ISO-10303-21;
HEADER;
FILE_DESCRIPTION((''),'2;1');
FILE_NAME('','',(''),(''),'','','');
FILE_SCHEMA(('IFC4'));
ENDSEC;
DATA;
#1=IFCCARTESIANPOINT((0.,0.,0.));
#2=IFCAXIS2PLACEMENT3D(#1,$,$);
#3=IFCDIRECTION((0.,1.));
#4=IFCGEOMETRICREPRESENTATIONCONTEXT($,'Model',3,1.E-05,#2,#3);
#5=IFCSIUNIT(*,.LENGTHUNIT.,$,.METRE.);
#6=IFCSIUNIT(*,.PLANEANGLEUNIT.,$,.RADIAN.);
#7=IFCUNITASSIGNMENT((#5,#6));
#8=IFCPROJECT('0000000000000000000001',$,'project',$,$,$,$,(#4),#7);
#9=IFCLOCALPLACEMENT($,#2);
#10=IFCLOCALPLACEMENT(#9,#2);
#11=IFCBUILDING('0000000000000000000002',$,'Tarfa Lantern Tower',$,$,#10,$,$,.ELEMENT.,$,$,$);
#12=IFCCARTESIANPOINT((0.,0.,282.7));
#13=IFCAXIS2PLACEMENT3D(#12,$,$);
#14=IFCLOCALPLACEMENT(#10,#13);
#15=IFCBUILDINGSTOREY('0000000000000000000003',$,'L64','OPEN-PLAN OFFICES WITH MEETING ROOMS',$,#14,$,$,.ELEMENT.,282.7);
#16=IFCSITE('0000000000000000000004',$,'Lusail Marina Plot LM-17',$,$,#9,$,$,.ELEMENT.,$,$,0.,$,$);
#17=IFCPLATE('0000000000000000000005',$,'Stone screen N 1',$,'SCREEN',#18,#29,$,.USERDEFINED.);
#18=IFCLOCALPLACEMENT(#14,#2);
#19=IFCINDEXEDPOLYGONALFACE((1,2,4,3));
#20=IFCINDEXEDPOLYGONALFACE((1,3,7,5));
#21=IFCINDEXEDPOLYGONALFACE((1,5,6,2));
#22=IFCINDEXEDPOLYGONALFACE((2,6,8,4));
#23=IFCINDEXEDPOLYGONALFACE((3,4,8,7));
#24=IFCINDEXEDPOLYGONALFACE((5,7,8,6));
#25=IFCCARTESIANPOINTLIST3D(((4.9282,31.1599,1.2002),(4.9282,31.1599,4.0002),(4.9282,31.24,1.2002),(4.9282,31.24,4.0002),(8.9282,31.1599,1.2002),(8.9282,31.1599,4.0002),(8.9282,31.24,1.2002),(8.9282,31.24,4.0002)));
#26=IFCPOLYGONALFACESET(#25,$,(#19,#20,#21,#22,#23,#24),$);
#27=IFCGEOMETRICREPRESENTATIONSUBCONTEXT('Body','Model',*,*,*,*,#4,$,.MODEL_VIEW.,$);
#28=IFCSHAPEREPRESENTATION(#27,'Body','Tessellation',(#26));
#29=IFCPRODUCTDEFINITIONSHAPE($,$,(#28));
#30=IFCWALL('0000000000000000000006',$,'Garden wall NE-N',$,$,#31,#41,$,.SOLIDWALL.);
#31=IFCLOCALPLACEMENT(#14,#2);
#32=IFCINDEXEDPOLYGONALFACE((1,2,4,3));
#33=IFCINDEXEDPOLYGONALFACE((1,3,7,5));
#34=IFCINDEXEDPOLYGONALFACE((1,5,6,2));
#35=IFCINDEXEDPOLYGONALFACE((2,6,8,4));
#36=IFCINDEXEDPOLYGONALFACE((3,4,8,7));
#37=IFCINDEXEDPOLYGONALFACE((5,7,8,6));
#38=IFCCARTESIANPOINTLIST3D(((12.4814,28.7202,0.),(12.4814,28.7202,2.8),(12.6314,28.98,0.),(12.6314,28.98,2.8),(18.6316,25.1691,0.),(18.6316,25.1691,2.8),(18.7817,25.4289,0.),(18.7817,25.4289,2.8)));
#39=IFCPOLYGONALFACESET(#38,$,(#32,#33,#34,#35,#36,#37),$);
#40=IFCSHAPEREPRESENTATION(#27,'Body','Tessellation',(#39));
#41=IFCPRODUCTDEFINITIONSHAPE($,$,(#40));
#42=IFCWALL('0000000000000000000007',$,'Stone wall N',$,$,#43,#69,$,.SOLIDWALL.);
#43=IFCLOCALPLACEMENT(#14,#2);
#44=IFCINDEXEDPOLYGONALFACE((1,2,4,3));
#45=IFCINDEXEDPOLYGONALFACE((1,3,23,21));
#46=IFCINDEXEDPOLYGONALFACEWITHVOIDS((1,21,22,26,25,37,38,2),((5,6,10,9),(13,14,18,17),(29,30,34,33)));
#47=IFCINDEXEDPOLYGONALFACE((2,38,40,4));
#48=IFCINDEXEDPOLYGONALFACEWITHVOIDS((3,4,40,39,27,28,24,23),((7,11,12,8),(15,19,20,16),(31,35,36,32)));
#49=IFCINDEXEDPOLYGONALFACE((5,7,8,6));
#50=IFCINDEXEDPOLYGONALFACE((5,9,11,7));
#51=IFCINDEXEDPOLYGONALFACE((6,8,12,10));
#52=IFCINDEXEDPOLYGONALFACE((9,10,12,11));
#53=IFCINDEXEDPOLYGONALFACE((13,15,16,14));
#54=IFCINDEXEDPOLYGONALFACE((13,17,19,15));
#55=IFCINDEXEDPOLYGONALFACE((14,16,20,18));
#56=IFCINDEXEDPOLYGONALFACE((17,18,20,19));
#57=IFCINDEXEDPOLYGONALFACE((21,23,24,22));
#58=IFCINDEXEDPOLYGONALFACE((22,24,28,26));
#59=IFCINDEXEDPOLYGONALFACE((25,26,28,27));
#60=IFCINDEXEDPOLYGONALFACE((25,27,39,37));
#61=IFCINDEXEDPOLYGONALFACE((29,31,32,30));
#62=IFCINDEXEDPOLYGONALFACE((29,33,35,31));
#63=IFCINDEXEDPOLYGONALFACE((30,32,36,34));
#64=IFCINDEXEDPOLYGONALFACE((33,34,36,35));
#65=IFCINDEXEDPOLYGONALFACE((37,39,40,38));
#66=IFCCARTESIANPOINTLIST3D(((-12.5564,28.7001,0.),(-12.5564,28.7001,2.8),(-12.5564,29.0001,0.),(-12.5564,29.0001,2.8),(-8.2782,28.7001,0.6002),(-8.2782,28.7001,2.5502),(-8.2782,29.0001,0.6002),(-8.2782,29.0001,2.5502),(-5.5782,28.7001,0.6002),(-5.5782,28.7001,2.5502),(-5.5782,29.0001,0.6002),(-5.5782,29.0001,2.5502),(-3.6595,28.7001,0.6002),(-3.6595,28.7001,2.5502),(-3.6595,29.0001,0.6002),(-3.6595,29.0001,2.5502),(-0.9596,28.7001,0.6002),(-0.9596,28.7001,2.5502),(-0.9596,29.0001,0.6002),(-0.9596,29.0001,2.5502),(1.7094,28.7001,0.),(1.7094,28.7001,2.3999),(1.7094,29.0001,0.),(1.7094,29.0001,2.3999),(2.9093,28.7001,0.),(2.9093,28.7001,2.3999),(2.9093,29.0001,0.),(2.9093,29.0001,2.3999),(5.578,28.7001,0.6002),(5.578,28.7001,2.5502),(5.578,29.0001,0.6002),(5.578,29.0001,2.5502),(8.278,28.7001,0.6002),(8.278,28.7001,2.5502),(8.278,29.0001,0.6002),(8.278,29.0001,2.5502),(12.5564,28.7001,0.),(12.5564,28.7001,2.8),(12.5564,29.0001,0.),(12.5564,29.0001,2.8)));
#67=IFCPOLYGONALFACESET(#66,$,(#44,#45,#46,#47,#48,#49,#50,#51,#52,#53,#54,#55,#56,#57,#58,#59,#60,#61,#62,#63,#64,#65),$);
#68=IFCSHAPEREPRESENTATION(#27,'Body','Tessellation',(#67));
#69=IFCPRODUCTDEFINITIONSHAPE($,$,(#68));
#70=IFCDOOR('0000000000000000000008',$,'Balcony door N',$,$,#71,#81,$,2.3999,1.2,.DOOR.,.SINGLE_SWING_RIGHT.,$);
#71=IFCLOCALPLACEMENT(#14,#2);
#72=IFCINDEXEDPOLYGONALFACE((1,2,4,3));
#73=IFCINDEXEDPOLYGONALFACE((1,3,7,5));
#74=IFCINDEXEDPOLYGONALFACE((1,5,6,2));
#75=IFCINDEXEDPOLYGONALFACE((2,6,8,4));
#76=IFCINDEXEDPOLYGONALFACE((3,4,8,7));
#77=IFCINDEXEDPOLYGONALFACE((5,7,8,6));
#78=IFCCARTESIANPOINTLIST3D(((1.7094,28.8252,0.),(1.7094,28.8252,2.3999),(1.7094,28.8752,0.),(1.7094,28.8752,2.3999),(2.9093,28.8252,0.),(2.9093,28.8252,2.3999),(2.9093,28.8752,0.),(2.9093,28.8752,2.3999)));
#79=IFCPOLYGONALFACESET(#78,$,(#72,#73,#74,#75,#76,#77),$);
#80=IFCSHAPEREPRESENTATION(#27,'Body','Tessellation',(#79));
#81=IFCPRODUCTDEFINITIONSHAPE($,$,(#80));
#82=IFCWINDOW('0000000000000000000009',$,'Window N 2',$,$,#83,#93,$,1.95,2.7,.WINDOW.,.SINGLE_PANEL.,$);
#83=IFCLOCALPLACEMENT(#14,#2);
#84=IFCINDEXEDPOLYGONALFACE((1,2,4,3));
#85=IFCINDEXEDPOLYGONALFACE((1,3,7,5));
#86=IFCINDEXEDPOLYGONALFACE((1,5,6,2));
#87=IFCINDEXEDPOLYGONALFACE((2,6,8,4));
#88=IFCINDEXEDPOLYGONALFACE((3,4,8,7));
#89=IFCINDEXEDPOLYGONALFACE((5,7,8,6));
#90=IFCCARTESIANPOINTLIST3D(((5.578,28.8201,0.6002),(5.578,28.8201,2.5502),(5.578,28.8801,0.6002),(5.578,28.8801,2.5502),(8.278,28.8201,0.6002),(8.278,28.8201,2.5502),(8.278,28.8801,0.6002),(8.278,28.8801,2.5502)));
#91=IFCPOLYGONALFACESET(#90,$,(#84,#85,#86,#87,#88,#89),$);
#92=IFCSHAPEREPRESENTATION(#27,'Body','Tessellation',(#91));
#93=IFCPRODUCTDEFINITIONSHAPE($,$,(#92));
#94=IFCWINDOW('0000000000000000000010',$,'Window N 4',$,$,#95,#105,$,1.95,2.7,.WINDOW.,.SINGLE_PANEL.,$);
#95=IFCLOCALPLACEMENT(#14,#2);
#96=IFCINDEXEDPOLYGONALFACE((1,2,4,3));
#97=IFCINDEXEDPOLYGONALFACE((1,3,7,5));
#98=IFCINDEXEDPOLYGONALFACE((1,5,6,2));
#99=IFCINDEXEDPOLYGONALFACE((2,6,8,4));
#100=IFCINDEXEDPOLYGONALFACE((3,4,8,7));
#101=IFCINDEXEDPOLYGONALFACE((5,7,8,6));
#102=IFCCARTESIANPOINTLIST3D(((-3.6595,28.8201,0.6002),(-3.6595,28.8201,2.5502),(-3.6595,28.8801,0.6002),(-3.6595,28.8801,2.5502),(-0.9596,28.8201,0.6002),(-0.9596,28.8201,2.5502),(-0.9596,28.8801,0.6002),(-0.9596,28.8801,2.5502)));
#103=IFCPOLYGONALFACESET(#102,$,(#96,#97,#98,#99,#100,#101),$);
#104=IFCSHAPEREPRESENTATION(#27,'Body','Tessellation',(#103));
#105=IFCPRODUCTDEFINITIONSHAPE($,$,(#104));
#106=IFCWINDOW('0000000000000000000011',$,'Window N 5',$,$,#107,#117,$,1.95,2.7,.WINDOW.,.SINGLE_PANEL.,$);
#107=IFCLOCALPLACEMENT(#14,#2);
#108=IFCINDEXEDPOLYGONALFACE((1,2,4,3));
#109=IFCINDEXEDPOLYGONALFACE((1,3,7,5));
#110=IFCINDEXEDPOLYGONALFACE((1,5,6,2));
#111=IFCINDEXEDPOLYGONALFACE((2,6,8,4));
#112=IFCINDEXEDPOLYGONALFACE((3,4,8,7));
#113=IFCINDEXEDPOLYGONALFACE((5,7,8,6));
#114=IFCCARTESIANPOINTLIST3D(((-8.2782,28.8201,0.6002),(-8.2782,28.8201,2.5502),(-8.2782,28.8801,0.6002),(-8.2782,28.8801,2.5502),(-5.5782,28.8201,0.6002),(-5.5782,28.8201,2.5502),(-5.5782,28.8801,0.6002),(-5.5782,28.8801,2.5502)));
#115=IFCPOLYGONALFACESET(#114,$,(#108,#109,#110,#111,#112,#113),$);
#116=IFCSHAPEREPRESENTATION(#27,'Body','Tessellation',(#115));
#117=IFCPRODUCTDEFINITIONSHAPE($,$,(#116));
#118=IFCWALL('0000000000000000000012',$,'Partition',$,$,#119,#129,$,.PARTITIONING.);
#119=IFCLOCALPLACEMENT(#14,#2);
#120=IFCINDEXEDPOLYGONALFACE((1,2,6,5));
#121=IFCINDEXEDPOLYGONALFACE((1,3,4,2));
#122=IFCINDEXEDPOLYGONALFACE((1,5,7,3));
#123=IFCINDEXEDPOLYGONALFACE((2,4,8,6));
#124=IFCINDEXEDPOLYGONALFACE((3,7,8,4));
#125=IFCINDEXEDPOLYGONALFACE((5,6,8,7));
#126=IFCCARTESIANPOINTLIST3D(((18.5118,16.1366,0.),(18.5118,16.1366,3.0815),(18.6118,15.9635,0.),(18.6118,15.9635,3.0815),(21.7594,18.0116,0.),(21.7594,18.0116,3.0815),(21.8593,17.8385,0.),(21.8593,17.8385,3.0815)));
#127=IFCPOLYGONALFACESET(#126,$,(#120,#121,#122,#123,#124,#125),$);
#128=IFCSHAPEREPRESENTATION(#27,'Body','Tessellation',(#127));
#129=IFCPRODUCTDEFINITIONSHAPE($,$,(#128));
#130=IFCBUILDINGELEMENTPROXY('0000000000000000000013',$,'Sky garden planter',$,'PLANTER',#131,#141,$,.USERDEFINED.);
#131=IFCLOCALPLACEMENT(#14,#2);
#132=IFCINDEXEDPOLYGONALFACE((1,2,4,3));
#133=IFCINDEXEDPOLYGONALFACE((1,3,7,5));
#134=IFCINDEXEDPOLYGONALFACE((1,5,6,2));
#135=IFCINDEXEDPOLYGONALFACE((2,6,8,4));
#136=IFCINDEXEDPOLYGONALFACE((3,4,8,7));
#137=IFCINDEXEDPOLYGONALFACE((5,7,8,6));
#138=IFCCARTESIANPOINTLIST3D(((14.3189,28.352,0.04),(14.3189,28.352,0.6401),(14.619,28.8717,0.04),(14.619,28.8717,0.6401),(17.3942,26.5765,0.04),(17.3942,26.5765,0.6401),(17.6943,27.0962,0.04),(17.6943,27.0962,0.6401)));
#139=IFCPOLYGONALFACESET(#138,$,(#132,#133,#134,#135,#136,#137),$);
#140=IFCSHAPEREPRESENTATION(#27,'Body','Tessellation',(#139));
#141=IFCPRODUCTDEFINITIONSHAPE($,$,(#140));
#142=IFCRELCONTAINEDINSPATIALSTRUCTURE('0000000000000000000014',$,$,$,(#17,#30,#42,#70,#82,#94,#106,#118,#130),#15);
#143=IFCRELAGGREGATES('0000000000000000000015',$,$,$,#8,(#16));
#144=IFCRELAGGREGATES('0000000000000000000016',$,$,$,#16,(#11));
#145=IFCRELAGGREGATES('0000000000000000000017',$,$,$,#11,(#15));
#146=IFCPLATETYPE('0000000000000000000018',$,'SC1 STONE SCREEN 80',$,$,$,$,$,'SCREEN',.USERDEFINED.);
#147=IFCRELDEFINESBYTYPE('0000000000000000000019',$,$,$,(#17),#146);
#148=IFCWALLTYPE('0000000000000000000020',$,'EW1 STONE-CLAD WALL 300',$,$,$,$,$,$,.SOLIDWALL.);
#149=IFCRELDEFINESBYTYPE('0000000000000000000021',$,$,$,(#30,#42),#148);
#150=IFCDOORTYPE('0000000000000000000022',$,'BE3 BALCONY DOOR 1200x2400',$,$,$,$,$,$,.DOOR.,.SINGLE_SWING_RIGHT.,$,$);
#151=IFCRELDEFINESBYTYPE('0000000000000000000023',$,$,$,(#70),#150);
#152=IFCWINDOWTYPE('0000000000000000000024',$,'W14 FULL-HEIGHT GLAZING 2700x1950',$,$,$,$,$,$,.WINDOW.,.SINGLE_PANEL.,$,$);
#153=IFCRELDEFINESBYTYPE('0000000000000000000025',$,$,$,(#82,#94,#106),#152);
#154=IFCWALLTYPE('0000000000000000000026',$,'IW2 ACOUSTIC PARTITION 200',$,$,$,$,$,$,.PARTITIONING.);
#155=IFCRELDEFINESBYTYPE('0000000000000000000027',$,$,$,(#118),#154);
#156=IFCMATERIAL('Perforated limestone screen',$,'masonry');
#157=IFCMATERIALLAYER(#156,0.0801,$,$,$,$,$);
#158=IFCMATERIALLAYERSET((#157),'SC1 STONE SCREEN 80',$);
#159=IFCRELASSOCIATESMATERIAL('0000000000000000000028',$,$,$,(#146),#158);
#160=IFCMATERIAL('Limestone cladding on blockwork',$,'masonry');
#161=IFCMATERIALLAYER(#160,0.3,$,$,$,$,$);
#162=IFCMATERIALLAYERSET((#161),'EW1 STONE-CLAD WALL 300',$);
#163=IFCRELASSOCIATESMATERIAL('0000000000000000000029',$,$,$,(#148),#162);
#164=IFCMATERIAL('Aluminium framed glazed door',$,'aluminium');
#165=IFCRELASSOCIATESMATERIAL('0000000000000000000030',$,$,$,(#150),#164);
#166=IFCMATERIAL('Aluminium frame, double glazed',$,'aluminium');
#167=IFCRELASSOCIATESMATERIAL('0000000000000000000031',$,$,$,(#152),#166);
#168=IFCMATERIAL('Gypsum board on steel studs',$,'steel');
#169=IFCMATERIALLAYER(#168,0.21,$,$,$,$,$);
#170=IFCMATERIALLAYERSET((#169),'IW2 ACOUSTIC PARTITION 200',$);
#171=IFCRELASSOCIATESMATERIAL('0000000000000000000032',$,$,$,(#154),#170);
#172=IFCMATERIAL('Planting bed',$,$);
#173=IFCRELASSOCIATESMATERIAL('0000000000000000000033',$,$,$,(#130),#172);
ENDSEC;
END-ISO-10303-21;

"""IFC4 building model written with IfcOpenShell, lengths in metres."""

from ifc_helpers import new_model, si_unit, direction, frame, frame_2d, origin, origin_2d, place, context, subcontext, project, spatial, rectangle, extrude, material, layer, layer_set, type_object, element, fill, save


model = new_model("IFC4")

# Units and contexts
model_context = context("Model", 3, precision=1e-05, world=origin(), true_north=direction((0.0, 1.0)))
body_context = subcontext(model_context, "Body", "Model", "MODEL_VIEW")
ifc_project = project(units=[si_unit("LENGTHUNIT", "METRE"), si_unit("PLANEANGLEUNIT", "RADIAN")], contexts=[model_context])

# Site, building, storey
site_placement = place(None, origin())
site = spatial("IfcSite", under=ifc_project, at=site_placement, Name="Lusail Marina Plot LM-17", CompositionType="ELEMENT", RefElevation=0.0)
building_placement = place(site_placement, origin())
building = spatial("IfcBuilding", under=site, at=building_placement, Name="Tarfa Lantern Tower", CompositionType="ELEMENT")
storey_placement = place(building_placement, frame((0.0, 0.0, 282.7)))
storey = spatial("IfcBuildingStorey", under=building, at=storey_placement, Name="L64", Description="OPEN-PLAN OFFICES WITH MEETING ROOMS", CompositionType="ELEMENT", Elevation=282.7)

# Plate
ifc_material_1 = material(Name="Perforated limestone screen", Category="masonry")
ifc_layer_1 = layer(ifc_material_1, 0.0801)
ifc_layer_set_1 = layer_set([ifc_layer_1], Name="SC1 STONE SCREEN 80")
plate_type_1 = type_object("IfcPlateType", Name="SC1 STONE SCREEN 80", ElementType="SCREEN", PredefinedType="USERDEFINED", material=ifc_layer_set_1)
plate_1_placement = place(storey_placement, frame((6.9282, 31.2, 1.2002), z_axis=(0.0, 0.0, 1.0), x_axis=(-1.0, 0.0, 0.0)))
element("IfcPlate", 1, at=plate_1_placement, inside=storey, type_object=plate_type_1, Name="Stone screen N 1", ObjectType="SCREEN", PredefinedType="USERDEFINED", context=body_context, shape_type="SweptSolid", body=[
    extrude(rectangle(XDim=4.0, YDim=0.0801, at=origin_2d()), origin(), (0.0, 0.0, 1.0), 2.8),
])

# Wall
ifc_material_2 = material(Name="Limestone cladding on blockwork", Category="masonry")
ifc_layer_2 = layer(ifc_material_2, 0.3)
ifc_layer_set_2 = layer_set([ifc_layer_2], Name="EW1 STONE-CLAD WALL 300")
wall_type_1 = type_object("IfcWallType", Name="EW1 STONE-CLAD WALL 300", PredefinedType="SOLIDWALL", material=ifc_layer_set_2)
wall_1_placement = place(storey_placement, frame((18.7065, 25.2991, 0.0), z_axis=(0.0, 0.0, 1.0), x_axis=(-0.866011, 0.500025, 0.0)))
element("IfcWall", 2, at=wall_1_placement, inside=storey, type_object=wall_type_1, Name="Garden wall NE-N", PredefinedType="SOLIDWALL", context=body_context, shape_type="SweptSolid", body=[
    extrude(rectangle(XDim=7.1018, YDim=0.3, at=frame_2d((3.5508, 0.0))), origin(), (0.0, 0.0, 1.0), 2.8),
])

# Wall, openings, door, windows
wall_2_placement = place(storey_placement, frame((12.5564, 28.8501, 0.0), z_axis=(0.0, 0.0, 1.0), x_axis=(-1.0, 0.0, 0.0)))
wall_2 = element("IfcWall", 3, at=wall_2_placement, inside=storey, type_object=wall_type_1, Name="Stone wall N", PredefinedType="SOLIDWALL", context=body_context, shape_type="SweptSolid", body=[
    extrude(rectangle(XDim=25.1128, YDim=0.3, at=frame_2d((12.5564, 0.0))), origin(), (0.0, 0.0, 1.0), 2.8),
])
opening_1_placement = place(wall_2_placement, frame((4.2783, 0.0, 0.6001)))
opening_1 = element("IfcOpeningElement", 4, at=opening_1_placement, cuts=wall_2, PredefinedType="OPENING", context=body_context, shape_type="SweptSolid", body=[
    extrude(rectangle(XDim=2.7, YDim=1.95, at=frame_2d((1.3501, 0.9751))), frame((0.0, 0.1599, 0.0), z_axis=(0.0, -1.0, 0.0), x_axis=(1.0, 0.0, 0.0)), (0.0, 0.0, 1.0), 0.3201),
])
opening_2_placement = place(wall_2_placement, frame((9.647, 0.0, 0.0)))
opening_2 = element("IfcOpeningElement", 5, at=opening_2_placement, cuts=wall_2, PredefinedType="OPENING", context=body_context, shape_type="SweptSolid", body=[
    extrude(rectangle(XDim=1.2, YDim=2.3999, at=frame_2d((0.6001, 1.2))), frame((0.0, 0.1599, 0.0), z_axis=(0.0, -1.0, 0.0), x_axis=(1.0, 0.0, 0.0)), (0.0, 0.0, 1.0), 0.3201),
])
opening_3_placement = place(wall_2_placement, frame((13.5159, 0.0, 0.6001)))
opening_3 = element("IfcOpeningElement", 6, at=opening_3_placement, cuts=wall_2, PredefinedType="OPENING", context=body_context, shape_type="SweptSolid", body=[
    extrude(rectangle(XDim=2.7, YDim=1.95, at=frame_2d((1.3501, 0.9751))), frame((0.0, 0.1599, 0.0), z_axis=(0.0, -1.0, 0.0), x_axis=(1.0, 0.0, 0.0)), (0.0, 0.0, 1.0), 0.3201),
])
opening_4_placement = place(wall_2_placement, frame((18.1345, 0.0, 0.6001)))
opening_4 = element("IfcOpeningElement", 7, at=opening_4_placement, cuts=wall_2, PredefinedType="OPENING", context=body_context, shape_type="SweptSolid", body=[
    extrude(rectangle(XDim=2.7, YDim=1.95, at=frame_2d((1.3501, 0.9751))), frame((0.0, 0.1599, 0.0), z_axis=(0.0, -1.0, 0.0), x_axis=(1.0, 0.0, 0.0)), (0.0, 0.0, 1.0), 0.3201),
])
ifc_material_3 = material(Name="Aluminium framed glazed door", Category="aluminium")
door_type = type_object("IfcDoorType", Name="BE3 BALCONY DOOR 1200x2400", OperationType="SINGLE_SWING_RIGHT", PredefinedType="DOOR", material=ifc_material_3)
door_placement = place(opening_2_placement, origin())
door = element("IfcDoor", 8, at=door_placement, inside=storey, type_object=door_type, Name="Balcony door N", OperationType="SINGLE_SWING_RIGHT", OverallHeight=2.3999, OverallWidth=1.2, PredefinedType="DOOR", context=body_context, shape_type="SweptSolid", body=[
    extrude(rectangle(XDim=1.2, YDim=2.3999, at=frame_2d((0.6001, 1.2))), frame((0.0, 0.0249, 0.0), z_axis=(0.0, -1.0, 0.0), x_axis=(1.0, 0.0, 0.0)), (0.0, 0.0, 1.0), 0.05),
])
fill(opening_2, door)
ifc_material_4 = material(Name="Aluminium frame, double glazed", Category="aluminium")
window_type = type_object("IfcWindowType", Name="W14 FULL-HEIGHT GLAZING 2700x1950", PartitioningType="SINGLE_PANEL", PredefinedType="WINDOW", material=ifc_material_4)
window_1_placement = place(opening_1_placement, origin())
window_1 = element("IfcWindow", 9, at=window_1_placement, inside=storey, type_object=window_type, Name="Window N 2", OverallHeight=1.95, OverallWidth=2.7, PartitioningType="SINGLE_PANEL", PredefinedType="WINDOW", context=body_context, shape_type="SweptSolid", body=[
    extrude(rectangle(XDim=2.7, YDim=1.95, at=frame_2d((1.3501, 0.9751))), frame((0.0, 0.03, 0.0), z_axis=(0.0, -1.0, 0.0), x_axis=(1.0, 0.0, 0.0)), (0.0, 0.0, 1.0), 0.0601),
])
fill(opening_1, window_1)
window_2_placement = place(opening_3_placement, origin())
window_2 = element("IfcWindow", 10, at=window_2_placement, inside=storey, type_object=window_type, Name="Window N 4", OverallHeight=1.95, OverallWidth=2.7, PartitioningType="SINGLE_PANEL", PredefinedType="WINDOW", context=body_context, shape_type="SweptSolid", body=[
    extrude(rectangle(XDim=2.7, YDim=1.95, at=frame_2d((1.3501, 0.9751))), frame((0.0, 0.03, 0.0), z_axis=(0.0, -1.0, 0.0), x_axis=(1.0, 0.0, 0.0)), (0.0, 0.0, 1.0), 0.0601),
])
fill(opening_3, window_2)
window_3_placement = place(opening_4_placement, origin())
window_3 = element("IfcWindow", 11, at=window_3_placement, inside=storey, type_object=window_type, Name="Window N 5", OverallHeight=1.95, OverallWidth=2.7, PartitioningType="SINGLE_PANEL", PredefinedType="WINDOW", context=body_context, shape_type="SweptSolid", body=[
    extrude(rectangle(XDim=2.7, YDim=1.95, at=frame_2d((1.3501, 0.9751))), frame((0.0, 0.03, 0.0), z_axis=(0.0, -1.0, 0.0), x_axis=(1.0, 0.0, 0.0)), (0.0, 0.0, 1.0), 0.0601),
])
fill(opening_4, window_3)

# Wall
ifc_material_5 = material(Name="Gypsum board on steel studs", Category="steel")
ifc_layer_3 = layer(ifc_material_5, 0.21)
ifc_layer_set_3 = layer_set([ifc_layer_3], Name="IW2 ACOUSTIC PARTITION 200")
wall_type_2 = type_object("IfcWallType", Name="IW2 ACOUSTIC PARTITION 200", PredefinedType="PARTITIONING", material=ifc_layer_set_3)
wall_3_placement = place(storey_placement, frame((18.5618, 16.05, 0.0), z_axis=(0.0, 0.0, 1.0), x_axis=(0.866023, 0.500004, 0.0)))
element("IfcWall", 12, at=wall_3_placement, inside=storey, type_object=wall_type_2, Name="Partition", PredefinedType="PARTITIONING", context=body_context, shape_type="SweptSolid", body=[
    extrude(rectangle(XDim=3.75, YDim=0.2, at=frame_2d((1.875, 0.0))), origin(), (0.0, 0.0, 1.0), 3.0815),
])

# Building element proxy
ifc_material_6 = material(Name="Planting bed")
proxy_placement = place(storey_placement, frame((16.0066, 27.7241, 0.04), z_axis=(0.0, 0.0, 1.0), x_axis=(-0.866025, 0.5, 0.0)))
element("IfcBuildingElementProxy", 13, at=proxy_placement, inside=storey, material=ifc_material_6, Name="Sky garden planter", ObjectType="PLANTER", PredefinedType="USERDEFINED", context=body_context, shape_type="SweptSolid", body=[
    extrude(rectangle(XDim=3.551, YDim=0.6001, at=origin_2d()), origin(), (0.0, 0.0, 1.0), 0.6001),
])

save(model, "model.ifc")
